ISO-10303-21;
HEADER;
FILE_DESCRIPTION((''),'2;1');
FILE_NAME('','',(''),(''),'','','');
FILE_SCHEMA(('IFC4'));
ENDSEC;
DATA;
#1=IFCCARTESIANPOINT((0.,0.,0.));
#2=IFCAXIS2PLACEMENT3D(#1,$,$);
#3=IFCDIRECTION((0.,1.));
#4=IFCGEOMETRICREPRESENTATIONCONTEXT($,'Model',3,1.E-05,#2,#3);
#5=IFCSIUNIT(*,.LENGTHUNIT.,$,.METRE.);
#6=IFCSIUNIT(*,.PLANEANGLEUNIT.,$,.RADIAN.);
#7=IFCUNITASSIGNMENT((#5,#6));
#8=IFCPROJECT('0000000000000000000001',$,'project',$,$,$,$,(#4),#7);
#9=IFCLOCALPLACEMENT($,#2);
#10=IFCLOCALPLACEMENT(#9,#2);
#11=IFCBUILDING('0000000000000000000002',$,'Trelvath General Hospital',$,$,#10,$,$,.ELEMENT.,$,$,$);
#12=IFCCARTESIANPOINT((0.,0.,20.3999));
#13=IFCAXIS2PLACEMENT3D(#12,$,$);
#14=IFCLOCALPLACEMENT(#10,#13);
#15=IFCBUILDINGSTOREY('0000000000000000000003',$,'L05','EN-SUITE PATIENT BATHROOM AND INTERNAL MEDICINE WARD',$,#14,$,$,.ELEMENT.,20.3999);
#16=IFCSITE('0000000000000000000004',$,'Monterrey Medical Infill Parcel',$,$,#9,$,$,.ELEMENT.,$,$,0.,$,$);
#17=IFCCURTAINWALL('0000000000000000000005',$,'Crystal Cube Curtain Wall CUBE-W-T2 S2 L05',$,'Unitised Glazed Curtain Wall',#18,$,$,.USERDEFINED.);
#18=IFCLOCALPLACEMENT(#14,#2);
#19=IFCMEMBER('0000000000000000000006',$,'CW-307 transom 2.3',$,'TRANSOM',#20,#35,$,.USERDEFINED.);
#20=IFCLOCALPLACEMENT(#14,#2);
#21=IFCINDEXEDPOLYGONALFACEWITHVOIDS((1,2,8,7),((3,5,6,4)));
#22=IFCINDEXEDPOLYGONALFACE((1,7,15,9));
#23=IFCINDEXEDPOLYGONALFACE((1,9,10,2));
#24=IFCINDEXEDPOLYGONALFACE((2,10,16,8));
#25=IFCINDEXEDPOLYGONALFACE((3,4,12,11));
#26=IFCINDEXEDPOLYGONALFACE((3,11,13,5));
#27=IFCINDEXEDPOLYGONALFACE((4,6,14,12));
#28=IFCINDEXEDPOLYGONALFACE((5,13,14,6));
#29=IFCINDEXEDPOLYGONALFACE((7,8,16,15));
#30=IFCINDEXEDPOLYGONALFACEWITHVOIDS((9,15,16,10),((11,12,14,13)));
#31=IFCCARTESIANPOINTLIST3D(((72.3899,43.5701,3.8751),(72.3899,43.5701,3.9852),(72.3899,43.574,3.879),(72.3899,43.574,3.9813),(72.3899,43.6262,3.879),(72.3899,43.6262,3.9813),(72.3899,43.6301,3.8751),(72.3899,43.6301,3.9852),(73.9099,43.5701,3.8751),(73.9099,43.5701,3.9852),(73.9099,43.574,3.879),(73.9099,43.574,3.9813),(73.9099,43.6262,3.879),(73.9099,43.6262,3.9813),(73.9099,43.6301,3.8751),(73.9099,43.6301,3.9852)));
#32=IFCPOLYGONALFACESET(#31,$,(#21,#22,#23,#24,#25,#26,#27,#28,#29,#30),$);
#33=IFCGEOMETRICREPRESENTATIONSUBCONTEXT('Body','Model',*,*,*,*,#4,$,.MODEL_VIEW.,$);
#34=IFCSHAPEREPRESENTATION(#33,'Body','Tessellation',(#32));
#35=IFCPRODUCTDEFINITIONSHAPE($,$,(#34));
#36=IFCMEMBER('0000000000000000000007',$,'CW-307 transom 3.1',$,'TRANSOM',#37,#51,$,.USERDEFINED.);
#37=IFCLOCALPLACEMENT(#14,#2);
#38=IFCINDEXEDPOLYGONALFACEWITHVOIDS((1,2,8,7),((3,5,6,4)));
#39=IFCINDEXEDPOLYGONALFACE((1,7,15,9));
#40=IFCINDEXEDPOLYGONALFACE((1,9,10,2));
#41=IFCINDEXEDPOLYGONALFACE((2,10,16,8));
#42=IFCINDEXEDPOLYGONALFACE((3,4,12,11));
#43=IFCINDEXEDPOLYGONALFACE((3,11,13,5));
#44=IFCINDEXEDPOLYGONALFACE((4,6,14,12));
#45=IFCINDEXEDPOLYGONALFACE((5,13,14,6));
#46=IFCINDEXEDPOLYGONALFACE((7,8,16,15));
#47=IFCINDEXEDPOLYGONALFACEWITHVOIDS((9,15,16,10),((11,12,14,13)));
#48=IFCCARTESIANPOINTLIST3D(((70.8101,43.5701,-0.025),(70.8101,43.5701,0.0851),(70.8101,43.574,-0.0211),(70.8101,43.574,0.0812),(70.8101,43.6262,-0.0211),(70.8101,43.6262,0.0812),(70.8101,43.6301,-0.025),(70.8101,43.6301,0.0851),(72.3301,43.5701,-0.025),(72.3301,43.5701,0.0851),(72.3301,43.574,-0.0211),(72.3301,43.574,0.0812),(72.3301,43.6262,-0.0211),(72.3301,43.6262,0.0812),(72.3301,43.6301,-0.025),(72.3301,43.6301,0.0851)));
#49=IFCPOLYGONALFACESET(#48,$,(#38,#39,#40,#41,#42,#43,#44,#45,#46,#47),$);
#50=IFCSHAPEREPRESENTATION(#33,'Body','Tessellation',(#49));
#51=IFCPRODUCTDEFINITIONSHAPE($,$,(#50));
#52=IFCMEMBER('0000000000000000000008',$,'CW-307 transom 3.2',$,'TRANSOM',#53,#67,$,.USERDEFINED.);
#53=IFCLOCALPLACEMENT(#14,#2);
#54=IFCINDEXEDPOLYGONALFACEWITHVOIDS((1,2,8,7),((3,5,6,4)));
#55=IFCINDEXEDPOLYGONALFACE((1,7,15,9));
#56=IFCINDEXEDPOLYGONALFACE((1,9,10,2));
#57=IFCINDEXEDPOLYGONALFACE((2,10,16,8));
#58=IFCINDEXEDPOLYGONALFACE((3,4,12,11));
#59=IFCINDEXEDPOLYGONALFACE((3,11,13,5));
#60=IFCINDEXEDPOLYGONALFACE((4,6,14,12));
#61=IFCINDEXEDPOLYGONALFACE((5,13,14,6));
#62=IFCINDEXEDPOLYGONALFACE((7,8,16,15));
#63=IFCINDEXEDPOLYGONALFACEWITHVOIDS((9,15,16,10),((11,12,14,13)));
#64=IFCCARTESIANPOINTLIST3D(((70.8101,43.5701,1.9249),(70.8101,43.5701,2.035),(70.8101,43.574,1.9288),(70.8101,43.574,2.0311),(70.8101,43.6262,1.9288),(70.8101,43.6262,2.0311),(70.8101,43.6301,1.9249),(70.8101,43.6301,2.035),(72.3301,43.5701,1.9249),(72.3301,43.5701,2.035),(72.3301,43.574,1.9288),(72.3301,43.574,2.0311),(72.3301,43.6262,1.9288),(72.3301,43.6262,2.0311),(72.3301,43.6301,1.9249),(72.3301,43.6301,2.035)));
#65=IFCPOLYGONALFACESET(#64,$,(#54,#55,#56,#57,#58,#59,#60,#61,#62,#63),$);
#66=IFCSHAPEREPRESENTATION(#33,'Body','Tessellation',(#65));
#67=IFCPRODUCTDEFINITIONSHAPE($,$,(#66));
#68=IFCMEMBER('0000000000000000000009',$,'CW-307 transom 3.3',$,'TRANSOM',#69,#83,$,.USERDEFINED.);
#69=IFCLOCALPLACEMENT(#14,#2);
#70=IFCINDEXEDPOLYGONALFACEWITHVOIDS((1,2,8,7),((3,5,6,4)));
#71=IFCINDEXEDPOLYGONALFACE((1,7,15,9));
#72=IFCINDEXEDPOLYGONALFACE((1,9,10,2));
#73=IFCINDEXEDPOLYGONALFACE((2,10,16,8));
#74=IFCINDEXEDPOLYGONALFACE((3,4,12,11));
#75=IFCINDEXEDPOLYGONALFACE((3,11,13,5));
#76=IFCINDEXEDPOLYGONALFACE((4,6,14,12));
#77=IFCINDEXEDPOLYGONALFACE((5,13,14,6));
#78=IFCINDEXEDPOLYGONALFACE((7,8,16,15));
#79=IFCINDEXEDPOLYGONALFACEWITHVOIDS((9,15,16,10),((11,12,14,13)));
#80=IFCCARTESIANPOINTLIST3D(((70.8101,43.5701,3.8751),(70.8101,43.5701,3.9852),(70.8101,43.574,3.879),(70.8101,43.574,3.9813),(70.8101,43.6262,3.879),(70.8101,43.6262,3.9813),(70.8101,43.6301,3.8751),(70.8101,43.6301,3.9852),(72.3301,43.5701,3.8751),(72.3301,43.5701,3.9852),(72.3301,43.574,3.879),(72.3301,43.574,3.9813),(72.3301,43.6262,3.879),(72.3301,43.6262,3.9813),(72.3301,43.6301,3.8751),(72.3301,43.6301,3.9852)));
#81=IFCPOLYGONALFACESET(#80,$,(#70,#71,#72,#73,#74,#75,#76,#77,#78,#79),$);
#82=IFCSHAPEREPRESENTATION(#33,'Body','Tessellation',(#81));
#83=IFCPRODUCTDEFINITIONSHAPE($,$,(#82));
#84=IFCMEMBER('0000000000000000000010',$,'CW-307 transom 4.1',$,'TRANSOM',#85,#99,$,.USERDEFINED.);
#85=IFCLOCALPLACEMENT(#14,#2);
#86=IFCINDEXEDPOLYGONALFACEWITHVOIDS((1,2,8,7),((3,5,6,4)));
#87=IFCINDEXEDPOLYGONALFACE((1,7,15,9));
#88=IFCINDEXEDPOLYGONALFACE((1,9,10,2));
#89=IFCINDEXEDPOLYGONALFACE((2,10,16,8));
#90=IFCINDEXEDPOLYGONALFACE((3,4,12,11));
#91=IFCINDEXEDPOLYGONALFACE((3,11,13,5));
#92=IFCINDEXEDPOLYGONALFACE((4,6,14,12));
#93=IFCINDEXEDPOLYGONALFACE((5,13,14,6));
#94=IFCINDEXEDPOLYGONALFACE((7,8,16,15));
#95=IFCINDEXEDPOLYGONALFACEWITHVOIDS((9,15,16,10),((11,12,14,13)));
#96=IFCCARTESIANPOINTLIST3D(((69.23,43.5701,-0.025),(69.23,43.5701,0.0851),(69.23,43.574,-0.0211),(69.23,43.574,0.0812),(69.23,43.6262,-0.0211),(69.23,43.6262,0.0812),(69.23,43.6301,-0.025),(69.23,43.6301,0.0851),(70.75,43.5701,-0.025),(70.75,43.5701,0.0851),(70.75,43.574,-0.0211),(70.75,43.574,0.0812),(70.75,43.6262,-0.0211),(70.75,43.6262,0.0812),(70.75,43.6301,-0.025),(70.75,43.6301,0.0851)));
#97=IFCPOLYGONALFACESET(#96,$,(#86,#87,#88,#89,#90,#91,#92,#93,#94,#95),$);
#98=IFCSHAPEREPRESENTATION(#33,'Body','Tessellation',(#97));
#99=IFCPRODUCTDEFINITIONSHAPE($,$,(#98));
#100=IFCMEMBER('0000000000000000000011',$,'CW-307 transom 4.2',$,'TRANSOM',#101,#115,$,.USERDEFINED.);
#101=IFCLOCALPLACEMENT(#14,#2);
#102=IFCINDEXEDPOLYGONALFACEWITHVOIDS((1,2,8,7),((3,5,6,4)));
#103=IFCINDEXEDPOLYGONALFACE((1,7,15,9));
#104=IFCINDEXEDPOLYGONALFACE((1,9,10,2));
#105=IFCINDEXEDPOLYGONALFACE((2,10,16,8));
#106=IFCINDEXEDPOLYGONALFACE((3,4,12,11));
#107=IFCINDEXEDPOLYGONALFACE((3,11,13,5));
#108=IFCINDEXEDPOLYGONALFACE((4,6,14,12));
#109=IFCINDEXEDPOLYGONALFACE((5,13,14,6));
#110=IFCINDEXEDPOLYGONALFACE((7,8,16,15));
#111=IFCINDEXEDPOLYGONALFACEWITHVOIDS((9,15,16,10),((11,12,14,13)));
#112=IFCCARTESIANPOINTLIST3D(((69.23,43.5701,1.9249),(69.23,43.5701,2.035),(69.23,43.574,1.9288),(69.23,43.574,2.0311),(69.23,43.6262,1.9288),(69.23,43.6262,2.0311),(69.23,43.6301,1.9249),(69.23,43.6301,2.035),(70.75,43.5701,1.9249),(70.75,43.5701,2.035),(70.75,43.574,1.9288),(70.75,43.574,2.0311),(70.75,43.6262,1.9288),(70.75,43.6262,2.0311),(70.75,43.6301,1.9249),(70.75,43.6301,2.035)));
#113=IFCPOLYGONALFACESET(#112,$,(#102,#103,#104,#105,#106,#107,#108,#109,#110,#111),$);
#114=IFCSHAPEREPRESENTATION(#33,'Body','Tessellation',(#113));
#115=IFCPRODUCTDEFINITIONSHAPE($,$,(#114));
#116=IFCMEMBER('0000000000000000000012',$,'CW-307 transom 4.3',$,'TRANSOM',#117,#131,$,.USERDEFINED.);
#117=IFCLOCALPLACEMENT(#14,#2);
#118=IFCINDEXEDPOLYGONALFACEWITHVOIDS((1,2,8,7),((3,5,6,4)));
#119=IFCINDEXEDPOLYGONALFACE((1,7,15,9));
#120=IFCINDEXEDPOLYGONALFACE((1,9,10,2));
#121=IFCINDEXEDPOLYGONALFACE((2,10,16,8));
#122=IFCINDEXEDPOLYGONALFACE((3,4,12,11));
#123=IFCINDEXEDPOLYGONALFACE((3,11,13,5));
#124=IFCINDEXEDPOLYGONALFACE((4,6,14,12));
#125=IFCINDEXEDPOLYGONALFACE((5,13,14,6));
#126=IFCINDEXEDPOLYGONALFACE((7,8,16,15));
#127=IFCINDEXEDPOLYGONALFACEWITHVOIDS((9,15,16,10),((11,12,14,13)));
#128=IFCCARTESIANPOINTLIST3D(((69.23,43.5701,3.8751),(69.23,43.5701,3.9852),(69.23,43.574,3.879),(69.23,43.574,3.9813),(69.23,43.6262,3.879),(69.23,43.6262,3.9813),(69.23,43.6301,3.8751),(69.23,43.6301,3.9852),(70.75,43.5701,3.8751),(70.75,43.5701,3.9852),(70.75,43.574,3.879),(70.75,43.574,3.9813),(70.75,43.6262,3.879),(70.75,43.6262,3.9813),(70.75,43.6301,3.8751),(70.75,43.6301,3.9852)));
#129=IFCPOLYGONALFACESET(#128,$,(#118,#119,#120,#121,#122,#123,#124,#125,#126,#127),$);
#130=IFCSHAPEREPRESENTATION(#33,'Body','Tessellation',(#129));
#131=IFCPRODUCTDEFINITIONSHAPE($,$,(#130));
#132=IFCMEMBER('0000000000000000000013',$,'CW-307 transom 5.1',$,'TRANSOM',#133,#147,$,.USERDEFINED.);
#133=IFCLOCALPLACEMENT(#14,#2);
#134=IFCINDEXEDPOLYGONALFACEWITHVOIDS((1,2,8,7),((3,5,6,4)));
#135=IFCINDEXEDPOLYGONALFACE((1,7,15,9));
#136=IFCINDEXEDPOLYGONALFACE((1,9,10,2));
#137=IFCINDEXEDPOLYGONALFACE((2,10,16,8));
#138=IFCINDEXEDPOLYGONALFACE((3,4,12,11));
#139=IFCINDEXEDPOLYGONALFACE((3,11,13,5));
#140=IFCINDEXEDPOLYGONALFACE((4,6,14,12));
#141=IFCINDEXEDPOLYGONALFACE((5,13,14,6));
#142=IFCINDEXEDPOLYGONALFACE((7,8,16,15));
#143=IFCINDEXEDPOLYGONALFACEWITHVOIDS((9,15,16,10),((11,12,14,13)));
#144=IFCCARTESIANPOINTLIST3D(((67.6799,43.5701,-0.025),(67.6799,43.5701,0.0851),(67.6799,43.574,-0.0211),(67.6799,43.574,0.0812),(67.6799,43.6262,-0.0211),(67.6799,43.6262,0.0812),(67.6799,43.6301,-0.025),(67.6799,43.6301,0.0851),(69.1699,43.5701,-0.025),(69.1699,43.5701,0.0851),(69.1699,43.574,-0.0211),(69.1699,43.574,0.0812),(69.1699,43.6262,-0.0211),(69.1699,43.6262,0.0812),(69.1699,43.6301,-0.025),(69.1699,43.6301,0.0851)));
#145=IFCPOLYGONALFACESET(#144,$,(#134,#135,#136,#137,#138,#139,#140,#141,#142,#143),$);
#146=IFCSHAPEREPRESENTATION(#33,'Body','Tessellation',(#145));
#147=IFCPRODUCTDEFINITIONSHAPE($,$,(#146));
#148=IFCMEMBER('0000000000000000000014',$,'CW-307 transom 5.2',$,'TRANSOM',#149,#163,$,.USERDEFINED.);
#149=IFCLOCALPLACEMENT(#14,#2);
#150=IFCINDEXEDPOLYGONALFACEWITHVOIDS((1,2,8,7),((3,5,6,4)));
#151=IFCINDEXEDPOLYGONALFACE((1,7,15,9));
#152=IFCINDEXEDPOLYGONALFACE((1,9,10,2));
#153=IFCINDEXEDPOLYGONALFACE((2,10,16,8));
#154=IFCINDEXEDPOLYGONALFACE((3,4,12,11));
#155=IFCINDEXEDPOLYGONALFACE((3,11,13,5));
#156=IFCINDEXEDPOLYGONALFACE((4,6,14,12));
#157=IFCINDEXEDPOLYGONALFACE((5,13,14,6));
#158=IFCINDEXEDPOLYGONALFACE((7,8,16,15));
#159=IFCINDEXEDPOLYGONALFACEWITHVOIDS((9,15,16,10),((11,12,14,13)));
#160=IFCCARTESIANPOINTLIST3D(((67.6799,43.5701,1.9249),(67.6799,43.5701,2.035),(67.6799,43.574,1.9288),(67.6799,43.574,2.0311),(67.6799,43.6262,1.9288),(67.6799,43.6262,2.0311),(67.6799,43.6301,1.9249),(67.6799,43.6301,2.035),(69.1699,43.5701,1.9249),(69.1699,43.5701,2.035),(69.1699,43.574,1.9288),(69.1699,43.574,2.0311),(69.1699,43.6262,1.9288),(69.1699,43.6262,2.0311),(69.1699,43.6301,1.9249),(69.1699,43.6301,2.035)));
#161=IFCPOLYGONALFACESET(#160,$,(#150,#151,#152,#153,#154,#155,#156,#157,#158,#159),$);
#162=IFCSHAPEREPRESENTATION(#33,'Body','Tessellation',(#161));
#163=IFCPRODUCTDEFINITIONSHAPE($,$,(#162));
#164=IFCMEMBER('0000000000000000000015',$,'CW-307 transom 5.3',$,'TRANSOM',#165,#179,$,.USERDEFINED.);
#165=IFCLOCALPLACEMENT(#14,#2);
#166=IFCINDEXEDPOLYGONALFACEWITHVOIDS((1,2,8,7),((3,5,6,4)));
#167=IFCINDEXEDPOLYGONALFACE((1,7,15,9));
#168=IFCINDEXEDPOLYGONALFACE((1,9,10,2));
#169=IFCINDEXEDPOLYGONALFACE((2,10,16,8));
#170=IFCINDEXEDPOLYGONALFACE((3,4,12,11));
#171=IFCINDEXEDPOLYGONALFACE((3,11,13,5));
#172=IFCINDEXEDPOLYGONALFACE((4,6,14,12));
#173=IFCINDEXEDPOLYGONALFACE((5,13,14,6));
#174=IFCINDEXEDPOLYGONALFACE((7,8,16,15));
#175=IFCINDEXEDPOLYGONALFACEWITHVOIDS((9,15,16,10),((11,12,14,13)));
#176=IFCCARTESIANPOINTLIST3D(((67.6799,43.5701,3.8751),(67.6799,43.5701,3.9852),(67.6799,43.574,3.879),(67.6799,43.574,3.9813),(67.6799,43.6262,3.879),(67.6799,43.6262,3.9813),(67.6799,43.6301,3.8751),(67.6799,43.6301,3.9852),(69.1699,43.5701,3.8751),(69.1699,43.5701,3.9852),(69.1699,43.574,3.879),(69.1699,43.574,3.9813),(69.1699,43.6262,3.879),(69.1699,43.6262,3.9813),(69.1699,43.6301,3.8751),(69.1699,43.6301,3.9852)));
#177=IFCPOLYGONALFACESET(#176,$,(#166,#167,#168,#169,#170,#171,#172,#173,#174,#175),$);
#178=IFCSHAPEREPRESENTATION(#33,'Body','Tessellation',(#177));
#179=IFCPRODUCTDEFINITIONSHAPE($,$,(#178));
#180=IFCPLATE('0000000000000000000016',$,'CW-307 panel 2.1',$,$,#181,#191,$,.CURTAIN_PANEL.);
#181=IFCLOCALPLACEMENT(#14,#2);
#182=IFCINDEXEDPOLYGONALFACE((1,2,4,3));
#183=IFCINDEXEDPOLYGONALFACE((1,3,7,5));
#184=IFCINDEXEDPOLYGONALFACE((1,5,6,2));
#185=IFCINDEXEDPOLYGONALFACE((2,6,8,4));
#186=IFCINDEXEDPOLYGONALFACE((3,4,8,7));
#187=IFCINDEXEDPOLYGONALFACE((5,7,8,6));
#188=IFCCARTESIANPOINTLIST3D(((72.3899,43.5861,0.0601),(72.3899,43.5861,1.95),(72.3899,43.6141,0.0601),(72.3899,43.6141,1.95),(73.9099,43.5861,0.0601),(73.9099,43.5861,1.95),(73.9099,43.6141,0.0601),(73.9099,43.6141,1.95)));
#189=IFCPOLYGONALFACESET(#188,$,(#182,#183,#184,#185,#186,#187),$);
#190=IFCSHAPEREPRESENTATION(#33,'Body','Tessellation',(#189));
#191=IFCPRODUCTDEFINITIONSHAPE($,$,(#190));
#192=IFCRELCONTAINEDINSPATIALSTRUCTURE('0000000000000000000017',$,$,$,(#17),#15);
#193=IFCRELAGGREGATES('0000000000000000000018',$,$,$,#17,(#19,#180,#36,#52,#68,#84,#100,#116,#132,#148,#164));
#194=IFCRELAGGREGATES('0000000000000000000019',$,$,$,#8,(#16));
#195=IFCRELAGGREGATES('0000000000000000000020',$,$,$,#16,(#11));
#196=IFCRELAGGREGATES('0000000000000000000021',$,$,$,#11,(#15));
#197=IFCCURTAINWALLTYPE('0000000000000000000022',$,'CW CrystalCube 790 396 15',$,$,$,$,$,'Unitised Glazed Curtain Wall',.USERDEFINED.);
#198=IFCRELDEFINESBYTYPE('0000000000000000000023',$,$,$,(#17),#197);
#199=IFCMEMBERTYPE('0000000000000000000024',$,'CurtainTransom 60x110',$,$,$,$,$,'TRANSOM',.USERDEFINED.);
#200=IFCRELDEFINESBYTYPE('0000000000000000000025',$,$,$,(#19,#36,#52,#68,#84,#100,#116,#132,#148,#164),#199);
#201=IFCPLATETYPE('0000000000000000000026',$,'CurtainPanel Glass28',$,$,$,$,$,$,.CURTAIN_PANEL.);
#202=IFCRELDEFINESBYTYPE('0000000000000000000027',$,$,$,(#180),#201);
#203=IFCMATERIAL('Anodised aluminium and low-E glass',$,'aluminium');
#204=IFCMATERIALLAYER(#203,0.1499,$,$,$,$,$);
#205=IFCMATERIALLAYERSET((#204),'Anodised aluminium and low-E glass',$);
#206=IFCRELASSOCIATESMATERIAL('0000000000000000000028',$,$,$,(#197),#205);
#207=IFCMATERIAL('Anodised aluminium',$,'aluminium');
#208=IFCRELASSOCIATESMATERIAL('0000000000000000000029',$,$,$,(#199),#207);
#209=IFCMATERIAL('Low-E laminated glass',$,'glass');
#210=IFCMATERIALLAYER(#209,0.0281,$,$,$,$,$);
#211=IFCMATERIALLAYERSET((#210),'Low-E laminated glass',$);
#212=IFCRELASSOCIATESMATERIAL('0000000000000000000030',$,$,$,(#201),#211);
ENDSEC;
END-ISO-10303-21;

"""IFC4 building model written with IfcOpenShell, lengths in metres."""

from ifc_helpers import new_model, si_unit, direction, frame, origin, origin_2d, place, context, subcontext, project, spatial, rectangle, hollow_rectangle, extrude, material, layer, layer_set, material_profile, profile_set, type_object, element, aggregate, save


model = new_model("IFC4")

# Units and contexts
model_context = context("Model", 3, precision=1e-05, world=origin(), true_north=direction((0.0, 1.0)))
body_context = subcontext(model_context, "Body", "Model", "MODEL_VIEW")
ifc_project = project(units=[si_unit("LENGTHUNIT", "METRE"), si_unit("PLANEANGLEUNIT", "RADIAN")], contexts=[model_context])

# Site, building, storey
site_placement = place(None, origin())
site = spatial("IfcSite", under=ifc_project, at=site_placement, Name="Monterrey Medical Infill Parcel", CompositionType="ELEMENT", RefElevation=0.0)
building_placement = place(site_placement, origin())
building = spatial("IfcBuilding", under=site, at=building_placement, Name="Trelvath General Hospital", CompositionType="ELEMENT")
storey_placement = place(building_placement, frame((0.0, 0.0, 20.3999)))
storey = spatial("IfcBuildingStorey", under=building, at=storey_placement, Name="L05", Description="EN-SUITE PATIENT BATHROOM AND INTERNAL MEDICINE WARD", CompositionType="ELEMENT", Elevation=20.3999)

# Shared definitions
ifc_material_1 = material(Name="Anodised aluminium and low-E glass", Category="aluminium")
ifc_layer_1 = layer(ifc_material_1, 0.1499)
ifc_layer_set_1 = layer_set([ifc_layer_1], Name="Anodised aluminium and low-E glass")
curtain_wall_type = type_object("IfcCurtainWallType", Name="CW CrystalCube 790 396 15", ElementType="Unitised Glazed Curtain Wall", PredefinedType="USERDEFINED", material=ifc_layer_set_1)

# Curtain wall
curtain_wall_1_placement = place(storey_placement, origin())
curtain_wall_1 = element("IfcCurtainWall", 1, at=curtain_wall_1_placement, inside=storey, type_object=curtain_wall_type, Name="Crystal Cube Curtain Wall CUBE-W-T2 S2 L05", ObjectType="Unitised Glazed Curtain Wall", PredefinedType="USERDEFINED")

# Members
ifc_material_2 = material(Name="Anodised aluminium", Category="aluminium")
ifc_material_profile_1 = material_profile(ifc_material_2, hollow_rectangle(XDim=0.0601, YDim=0.1101, WallThickness=0.0039, at=origin_2d()), Name="RHS60x110x4")
ifc_profile_set_1 = profile_set([ifc_material_profile_1], Name="Anodised aluminium")
member_type_1 = type_object("IfcMemberType", Name="CurtainTransom 60x110", ElementType="TRANSOM", PredefinedType="USERDEFINED", material=ifc_profile_set_1)
member_1_placement = place(storey_placement, frame((73.9099, 43.6001, 3.9302), z_axis=(-1.0, 0.0, 0.0), x_axis=(0.0, -1.0, 0.0)))
member_1 = element("IfcMember", 2, at=member_1_placement, type_object=member_type_1, Name="CW-307 transom 2.3", ObjectType="TRANSOM", PredefinedType="USERDEFINED", context=body_context, shape_type="SweptSolid", body=[
    extrude(hollow_rectangle(XDim=0.0601, YDim=0.1101, WallThickness=0.0039, at=origin_2d()), origin(), (0.0, 0.0, 1.0), 1.52),
])
member_2_placement = place(storey_placement, frame((72.3301, 43.6001, 0.03), z_axis=(-1.0, 0.0, 0.0), x_axis=(0.0, -1.0, 0.0)))
member_2 = element("IfcMember", 3, at=member_2_placement, type_object=member_type_1, Name="CW-307 transom 3.1", ObjectType="TRANSOM", PredefinedType="USERDEFINED", context=body_context, shape_type="SweptSolid", body=[
    extrude(hollow_rectangle(XDim=0.0601, YDim=0.1101, WallThickness=0.0039, at=origin_2d()), origin(), (0.0, 0.0, 1.0), 1.52),
])
member_3_placement = place(storey_placement, frame((72.3301, 43.6001, 1.98), z_axis=(-1.0, 0.0, 0.0), x_axis=(0.0, -1.0, 0.0)))
member_3 = element("IfcMember", 4, at=member_3_placement, type_object=member_type_1, Name="CW-307 transom 3.2", ObjectType="TRANSOM", PredefinedType="USERDEFINED", context=body_context, shape_type="SweptSolid", body=[
    extrude(hollow_rectangle(XDim=0.0601, YDim=0.1101, WallThickness=0.0039, at=origin_2d()), origin(), (0.0, 0.0, 1.0), 1.52),
])
member_4_placement = place(storey_placement, frame((72.3301, 43.6001, 3.9302), z_axis=(-1.0, 0.0, 0.0), x_axis=(0.0, -1.0, 0.0)))
member_4 = element("IfcMember", 5, at=member_4_placement, type_object=member_type_1, Name="CW-307 transom 3.3", ObjectType="TRANSOM", PredefinedType="USERDEFINED", context=body_context, shape_type="SweptSolid", body=[
    extrude(hollow_rectangle(XDim=0.0601, YDim=0.1101, WallThickness=0.0039, at=origin_2d()), origin(), (0.0, 0.0, 1.0), 1.52),
])
member_5_placement = place(storey_placement, frame((70.75, 43.6001, 0.03), z_axis=(-1.0, 0.0, 0.0), x_axis=(0.0, -1.0, 0.0)))
member_5 = element("IfcMember", 6, at=member_5_placement, type_object=member_type_1, Name="CW-307 transom 4.1", ObjectType="TRANSOM", PredefinedType="USERDEFINED", context=body_context, shape_type="SweptSolid", body=[
    extrude(hollow_rectangle(XDim=0.0601, YDim=0.1101, WallThickness=0.0039, at=origin_2d()), origin(), (0.0, 0.0, 1.0), 1.52),
])
member_6_placement = place(storey_placement, frame((70.75, 43.6001, 1.98), z_axis=(-1.0, 0.0, 0.0), x_axis=(0.0, -1.0, 0.0)))
member_6 = element("IfcMember", 7, at=member_6_placement, type_object=member_type_1, Name="CW-307 transom 4.2", ObjectType="TRANSOM", PredefinedType="USERDEFINED", context=body_context, shape_type="SweptSolid", body=[
    extrude(hollow_rectangle(XDim=0.0601, YDim=0.1101, WallThickness=0.0039, at=origin_2d()), origin(), (0.0, 0.0, 1.0), 1.52),
])
member_7_placement = place(storey_placement, frame((70.75, 43.6001, 3.9302), z_axis=(-1.0, 0.0, 0.0), x_axis=(0.0, -1.0, 0.0)))
member_7 = element("IfcMember", 8, at=member_7_placement, type_object=member_type_1, Name="CW-307 transom 4.3", ObjectType="TRANSOM", PredefinedType="USERDEFINED", context=body_context, shape_type="SweptSolid", body=[
    extrude(hollow_rectangle(XDim=0.0601, YDim=0.1101, WallThickness=0.0039, at=origin_2d()), origin(), (0.0, 0.0, 1.0), 1.52),
])
member_8_placement = place(storey_placement, frame((69.1699, 43.6001, 0.03), z_axis=(-1.0, 0.0, 0.0), x_axis=(0.0, -1.0, 0.0)))
member_8 = element("IfcMember", 9, at=member_8_placement, type_object=member_type_1, Name="CW-307 transom 5.1", ObjectType="TRANSOM", PredefinedType="USERDEFINED", context=body_context, shape_type="SweptSolid", body=[
    extrude(hollow_rectangle(XDim=0.0601, YDim=0.1101, WallThickness=0.0039, at=origin_2d()), origin(), (0.0, 0.0, 1.0), 1.49),
])
member_9_placement = place(storey_placement, frame((69.1699, 43.6001, 1.98), z_axis=(-1.0, 0.0, 0.0), x_axis=(0.0, -1.0, 0.0)))
member_9 = element("IfcMember", 10, at=member_9_placement, type_object=member_type_1, Name="CW-307 transom 5.2", ObjectType="TRANSOM", PredefinedType="USERDEFINED", context=body_context, shape_type="SweptSolid", body=[
    extrude(hollow_rectangle(XDim=0.0601, YDim=0.1101, WallThickness=0.0039, at=origin_2d()), origin(), (0.0, 0.0, 1.0), 1.49),
])
member_10_placement = place(storey_placement, frame((69.1699, 43.6001, 3.9302), z_axis=(-1.0, 0.0, 0.0), x_axis=(0.0, -1.0, 0.0)))
member_10 = element("IfcMember", 11, at=member_10_placement, type_object=member_type_1, Name="CW-307 transom 5.3", ObjectType="TRANSOM", PredefinedType="USERDEFINED", context=body_context, shape_type="SweptSolid", body=[
    extrude(hollow_rectangle(XDim=0.0601, YDim=0.1101, WallThickness=0.0039, at=origin_2d()), origin(), (0.0, 0.0, 1.0), 1.49),
])

# Plate
ifc_material_3 = material(Name="Low-E laminated glass", Category="glass")
ifc_layer_2 = layer(ifc_material_3, 0.0281)
ifc_layer_set_2 = layer_set([ifc_layer_2], Name="Low-E laminated glass")
plate_type = type_object("IfcPlateType", Name="CurtainPanel Glass28", PredefinedType="CURTAIN_PANEL", material=ifc_layer_set_2)
plate_1_placement = place(storey_placement, frame((73.1499, 43.6001, 0.0601), z_axis=(0.0, 0.0, 1.0), x_axis=(-1.0, 0.0, 0.0)))
plate_1 = element("IfcPlate", 12, at=plate_1_placement, type_object=plate_type, Name="CW-307 panel 2.1", PredefinedType="CURTAIN_PANEL", context=body_context, shape_type="SweptSolid", body=[
    extrude(rectangle(XDim=1.52, YDim=0.0281, at=origin_2d()), origin(), (0.0, 0.0, 1.0), 1.8899),
])
aggregate(curtain_wall_1, [member_1, plate_1, member_2, member_3, member_4, member_5, member_6, member_7, member_8, member_9, member_10])

save(model, "model.ifc")
